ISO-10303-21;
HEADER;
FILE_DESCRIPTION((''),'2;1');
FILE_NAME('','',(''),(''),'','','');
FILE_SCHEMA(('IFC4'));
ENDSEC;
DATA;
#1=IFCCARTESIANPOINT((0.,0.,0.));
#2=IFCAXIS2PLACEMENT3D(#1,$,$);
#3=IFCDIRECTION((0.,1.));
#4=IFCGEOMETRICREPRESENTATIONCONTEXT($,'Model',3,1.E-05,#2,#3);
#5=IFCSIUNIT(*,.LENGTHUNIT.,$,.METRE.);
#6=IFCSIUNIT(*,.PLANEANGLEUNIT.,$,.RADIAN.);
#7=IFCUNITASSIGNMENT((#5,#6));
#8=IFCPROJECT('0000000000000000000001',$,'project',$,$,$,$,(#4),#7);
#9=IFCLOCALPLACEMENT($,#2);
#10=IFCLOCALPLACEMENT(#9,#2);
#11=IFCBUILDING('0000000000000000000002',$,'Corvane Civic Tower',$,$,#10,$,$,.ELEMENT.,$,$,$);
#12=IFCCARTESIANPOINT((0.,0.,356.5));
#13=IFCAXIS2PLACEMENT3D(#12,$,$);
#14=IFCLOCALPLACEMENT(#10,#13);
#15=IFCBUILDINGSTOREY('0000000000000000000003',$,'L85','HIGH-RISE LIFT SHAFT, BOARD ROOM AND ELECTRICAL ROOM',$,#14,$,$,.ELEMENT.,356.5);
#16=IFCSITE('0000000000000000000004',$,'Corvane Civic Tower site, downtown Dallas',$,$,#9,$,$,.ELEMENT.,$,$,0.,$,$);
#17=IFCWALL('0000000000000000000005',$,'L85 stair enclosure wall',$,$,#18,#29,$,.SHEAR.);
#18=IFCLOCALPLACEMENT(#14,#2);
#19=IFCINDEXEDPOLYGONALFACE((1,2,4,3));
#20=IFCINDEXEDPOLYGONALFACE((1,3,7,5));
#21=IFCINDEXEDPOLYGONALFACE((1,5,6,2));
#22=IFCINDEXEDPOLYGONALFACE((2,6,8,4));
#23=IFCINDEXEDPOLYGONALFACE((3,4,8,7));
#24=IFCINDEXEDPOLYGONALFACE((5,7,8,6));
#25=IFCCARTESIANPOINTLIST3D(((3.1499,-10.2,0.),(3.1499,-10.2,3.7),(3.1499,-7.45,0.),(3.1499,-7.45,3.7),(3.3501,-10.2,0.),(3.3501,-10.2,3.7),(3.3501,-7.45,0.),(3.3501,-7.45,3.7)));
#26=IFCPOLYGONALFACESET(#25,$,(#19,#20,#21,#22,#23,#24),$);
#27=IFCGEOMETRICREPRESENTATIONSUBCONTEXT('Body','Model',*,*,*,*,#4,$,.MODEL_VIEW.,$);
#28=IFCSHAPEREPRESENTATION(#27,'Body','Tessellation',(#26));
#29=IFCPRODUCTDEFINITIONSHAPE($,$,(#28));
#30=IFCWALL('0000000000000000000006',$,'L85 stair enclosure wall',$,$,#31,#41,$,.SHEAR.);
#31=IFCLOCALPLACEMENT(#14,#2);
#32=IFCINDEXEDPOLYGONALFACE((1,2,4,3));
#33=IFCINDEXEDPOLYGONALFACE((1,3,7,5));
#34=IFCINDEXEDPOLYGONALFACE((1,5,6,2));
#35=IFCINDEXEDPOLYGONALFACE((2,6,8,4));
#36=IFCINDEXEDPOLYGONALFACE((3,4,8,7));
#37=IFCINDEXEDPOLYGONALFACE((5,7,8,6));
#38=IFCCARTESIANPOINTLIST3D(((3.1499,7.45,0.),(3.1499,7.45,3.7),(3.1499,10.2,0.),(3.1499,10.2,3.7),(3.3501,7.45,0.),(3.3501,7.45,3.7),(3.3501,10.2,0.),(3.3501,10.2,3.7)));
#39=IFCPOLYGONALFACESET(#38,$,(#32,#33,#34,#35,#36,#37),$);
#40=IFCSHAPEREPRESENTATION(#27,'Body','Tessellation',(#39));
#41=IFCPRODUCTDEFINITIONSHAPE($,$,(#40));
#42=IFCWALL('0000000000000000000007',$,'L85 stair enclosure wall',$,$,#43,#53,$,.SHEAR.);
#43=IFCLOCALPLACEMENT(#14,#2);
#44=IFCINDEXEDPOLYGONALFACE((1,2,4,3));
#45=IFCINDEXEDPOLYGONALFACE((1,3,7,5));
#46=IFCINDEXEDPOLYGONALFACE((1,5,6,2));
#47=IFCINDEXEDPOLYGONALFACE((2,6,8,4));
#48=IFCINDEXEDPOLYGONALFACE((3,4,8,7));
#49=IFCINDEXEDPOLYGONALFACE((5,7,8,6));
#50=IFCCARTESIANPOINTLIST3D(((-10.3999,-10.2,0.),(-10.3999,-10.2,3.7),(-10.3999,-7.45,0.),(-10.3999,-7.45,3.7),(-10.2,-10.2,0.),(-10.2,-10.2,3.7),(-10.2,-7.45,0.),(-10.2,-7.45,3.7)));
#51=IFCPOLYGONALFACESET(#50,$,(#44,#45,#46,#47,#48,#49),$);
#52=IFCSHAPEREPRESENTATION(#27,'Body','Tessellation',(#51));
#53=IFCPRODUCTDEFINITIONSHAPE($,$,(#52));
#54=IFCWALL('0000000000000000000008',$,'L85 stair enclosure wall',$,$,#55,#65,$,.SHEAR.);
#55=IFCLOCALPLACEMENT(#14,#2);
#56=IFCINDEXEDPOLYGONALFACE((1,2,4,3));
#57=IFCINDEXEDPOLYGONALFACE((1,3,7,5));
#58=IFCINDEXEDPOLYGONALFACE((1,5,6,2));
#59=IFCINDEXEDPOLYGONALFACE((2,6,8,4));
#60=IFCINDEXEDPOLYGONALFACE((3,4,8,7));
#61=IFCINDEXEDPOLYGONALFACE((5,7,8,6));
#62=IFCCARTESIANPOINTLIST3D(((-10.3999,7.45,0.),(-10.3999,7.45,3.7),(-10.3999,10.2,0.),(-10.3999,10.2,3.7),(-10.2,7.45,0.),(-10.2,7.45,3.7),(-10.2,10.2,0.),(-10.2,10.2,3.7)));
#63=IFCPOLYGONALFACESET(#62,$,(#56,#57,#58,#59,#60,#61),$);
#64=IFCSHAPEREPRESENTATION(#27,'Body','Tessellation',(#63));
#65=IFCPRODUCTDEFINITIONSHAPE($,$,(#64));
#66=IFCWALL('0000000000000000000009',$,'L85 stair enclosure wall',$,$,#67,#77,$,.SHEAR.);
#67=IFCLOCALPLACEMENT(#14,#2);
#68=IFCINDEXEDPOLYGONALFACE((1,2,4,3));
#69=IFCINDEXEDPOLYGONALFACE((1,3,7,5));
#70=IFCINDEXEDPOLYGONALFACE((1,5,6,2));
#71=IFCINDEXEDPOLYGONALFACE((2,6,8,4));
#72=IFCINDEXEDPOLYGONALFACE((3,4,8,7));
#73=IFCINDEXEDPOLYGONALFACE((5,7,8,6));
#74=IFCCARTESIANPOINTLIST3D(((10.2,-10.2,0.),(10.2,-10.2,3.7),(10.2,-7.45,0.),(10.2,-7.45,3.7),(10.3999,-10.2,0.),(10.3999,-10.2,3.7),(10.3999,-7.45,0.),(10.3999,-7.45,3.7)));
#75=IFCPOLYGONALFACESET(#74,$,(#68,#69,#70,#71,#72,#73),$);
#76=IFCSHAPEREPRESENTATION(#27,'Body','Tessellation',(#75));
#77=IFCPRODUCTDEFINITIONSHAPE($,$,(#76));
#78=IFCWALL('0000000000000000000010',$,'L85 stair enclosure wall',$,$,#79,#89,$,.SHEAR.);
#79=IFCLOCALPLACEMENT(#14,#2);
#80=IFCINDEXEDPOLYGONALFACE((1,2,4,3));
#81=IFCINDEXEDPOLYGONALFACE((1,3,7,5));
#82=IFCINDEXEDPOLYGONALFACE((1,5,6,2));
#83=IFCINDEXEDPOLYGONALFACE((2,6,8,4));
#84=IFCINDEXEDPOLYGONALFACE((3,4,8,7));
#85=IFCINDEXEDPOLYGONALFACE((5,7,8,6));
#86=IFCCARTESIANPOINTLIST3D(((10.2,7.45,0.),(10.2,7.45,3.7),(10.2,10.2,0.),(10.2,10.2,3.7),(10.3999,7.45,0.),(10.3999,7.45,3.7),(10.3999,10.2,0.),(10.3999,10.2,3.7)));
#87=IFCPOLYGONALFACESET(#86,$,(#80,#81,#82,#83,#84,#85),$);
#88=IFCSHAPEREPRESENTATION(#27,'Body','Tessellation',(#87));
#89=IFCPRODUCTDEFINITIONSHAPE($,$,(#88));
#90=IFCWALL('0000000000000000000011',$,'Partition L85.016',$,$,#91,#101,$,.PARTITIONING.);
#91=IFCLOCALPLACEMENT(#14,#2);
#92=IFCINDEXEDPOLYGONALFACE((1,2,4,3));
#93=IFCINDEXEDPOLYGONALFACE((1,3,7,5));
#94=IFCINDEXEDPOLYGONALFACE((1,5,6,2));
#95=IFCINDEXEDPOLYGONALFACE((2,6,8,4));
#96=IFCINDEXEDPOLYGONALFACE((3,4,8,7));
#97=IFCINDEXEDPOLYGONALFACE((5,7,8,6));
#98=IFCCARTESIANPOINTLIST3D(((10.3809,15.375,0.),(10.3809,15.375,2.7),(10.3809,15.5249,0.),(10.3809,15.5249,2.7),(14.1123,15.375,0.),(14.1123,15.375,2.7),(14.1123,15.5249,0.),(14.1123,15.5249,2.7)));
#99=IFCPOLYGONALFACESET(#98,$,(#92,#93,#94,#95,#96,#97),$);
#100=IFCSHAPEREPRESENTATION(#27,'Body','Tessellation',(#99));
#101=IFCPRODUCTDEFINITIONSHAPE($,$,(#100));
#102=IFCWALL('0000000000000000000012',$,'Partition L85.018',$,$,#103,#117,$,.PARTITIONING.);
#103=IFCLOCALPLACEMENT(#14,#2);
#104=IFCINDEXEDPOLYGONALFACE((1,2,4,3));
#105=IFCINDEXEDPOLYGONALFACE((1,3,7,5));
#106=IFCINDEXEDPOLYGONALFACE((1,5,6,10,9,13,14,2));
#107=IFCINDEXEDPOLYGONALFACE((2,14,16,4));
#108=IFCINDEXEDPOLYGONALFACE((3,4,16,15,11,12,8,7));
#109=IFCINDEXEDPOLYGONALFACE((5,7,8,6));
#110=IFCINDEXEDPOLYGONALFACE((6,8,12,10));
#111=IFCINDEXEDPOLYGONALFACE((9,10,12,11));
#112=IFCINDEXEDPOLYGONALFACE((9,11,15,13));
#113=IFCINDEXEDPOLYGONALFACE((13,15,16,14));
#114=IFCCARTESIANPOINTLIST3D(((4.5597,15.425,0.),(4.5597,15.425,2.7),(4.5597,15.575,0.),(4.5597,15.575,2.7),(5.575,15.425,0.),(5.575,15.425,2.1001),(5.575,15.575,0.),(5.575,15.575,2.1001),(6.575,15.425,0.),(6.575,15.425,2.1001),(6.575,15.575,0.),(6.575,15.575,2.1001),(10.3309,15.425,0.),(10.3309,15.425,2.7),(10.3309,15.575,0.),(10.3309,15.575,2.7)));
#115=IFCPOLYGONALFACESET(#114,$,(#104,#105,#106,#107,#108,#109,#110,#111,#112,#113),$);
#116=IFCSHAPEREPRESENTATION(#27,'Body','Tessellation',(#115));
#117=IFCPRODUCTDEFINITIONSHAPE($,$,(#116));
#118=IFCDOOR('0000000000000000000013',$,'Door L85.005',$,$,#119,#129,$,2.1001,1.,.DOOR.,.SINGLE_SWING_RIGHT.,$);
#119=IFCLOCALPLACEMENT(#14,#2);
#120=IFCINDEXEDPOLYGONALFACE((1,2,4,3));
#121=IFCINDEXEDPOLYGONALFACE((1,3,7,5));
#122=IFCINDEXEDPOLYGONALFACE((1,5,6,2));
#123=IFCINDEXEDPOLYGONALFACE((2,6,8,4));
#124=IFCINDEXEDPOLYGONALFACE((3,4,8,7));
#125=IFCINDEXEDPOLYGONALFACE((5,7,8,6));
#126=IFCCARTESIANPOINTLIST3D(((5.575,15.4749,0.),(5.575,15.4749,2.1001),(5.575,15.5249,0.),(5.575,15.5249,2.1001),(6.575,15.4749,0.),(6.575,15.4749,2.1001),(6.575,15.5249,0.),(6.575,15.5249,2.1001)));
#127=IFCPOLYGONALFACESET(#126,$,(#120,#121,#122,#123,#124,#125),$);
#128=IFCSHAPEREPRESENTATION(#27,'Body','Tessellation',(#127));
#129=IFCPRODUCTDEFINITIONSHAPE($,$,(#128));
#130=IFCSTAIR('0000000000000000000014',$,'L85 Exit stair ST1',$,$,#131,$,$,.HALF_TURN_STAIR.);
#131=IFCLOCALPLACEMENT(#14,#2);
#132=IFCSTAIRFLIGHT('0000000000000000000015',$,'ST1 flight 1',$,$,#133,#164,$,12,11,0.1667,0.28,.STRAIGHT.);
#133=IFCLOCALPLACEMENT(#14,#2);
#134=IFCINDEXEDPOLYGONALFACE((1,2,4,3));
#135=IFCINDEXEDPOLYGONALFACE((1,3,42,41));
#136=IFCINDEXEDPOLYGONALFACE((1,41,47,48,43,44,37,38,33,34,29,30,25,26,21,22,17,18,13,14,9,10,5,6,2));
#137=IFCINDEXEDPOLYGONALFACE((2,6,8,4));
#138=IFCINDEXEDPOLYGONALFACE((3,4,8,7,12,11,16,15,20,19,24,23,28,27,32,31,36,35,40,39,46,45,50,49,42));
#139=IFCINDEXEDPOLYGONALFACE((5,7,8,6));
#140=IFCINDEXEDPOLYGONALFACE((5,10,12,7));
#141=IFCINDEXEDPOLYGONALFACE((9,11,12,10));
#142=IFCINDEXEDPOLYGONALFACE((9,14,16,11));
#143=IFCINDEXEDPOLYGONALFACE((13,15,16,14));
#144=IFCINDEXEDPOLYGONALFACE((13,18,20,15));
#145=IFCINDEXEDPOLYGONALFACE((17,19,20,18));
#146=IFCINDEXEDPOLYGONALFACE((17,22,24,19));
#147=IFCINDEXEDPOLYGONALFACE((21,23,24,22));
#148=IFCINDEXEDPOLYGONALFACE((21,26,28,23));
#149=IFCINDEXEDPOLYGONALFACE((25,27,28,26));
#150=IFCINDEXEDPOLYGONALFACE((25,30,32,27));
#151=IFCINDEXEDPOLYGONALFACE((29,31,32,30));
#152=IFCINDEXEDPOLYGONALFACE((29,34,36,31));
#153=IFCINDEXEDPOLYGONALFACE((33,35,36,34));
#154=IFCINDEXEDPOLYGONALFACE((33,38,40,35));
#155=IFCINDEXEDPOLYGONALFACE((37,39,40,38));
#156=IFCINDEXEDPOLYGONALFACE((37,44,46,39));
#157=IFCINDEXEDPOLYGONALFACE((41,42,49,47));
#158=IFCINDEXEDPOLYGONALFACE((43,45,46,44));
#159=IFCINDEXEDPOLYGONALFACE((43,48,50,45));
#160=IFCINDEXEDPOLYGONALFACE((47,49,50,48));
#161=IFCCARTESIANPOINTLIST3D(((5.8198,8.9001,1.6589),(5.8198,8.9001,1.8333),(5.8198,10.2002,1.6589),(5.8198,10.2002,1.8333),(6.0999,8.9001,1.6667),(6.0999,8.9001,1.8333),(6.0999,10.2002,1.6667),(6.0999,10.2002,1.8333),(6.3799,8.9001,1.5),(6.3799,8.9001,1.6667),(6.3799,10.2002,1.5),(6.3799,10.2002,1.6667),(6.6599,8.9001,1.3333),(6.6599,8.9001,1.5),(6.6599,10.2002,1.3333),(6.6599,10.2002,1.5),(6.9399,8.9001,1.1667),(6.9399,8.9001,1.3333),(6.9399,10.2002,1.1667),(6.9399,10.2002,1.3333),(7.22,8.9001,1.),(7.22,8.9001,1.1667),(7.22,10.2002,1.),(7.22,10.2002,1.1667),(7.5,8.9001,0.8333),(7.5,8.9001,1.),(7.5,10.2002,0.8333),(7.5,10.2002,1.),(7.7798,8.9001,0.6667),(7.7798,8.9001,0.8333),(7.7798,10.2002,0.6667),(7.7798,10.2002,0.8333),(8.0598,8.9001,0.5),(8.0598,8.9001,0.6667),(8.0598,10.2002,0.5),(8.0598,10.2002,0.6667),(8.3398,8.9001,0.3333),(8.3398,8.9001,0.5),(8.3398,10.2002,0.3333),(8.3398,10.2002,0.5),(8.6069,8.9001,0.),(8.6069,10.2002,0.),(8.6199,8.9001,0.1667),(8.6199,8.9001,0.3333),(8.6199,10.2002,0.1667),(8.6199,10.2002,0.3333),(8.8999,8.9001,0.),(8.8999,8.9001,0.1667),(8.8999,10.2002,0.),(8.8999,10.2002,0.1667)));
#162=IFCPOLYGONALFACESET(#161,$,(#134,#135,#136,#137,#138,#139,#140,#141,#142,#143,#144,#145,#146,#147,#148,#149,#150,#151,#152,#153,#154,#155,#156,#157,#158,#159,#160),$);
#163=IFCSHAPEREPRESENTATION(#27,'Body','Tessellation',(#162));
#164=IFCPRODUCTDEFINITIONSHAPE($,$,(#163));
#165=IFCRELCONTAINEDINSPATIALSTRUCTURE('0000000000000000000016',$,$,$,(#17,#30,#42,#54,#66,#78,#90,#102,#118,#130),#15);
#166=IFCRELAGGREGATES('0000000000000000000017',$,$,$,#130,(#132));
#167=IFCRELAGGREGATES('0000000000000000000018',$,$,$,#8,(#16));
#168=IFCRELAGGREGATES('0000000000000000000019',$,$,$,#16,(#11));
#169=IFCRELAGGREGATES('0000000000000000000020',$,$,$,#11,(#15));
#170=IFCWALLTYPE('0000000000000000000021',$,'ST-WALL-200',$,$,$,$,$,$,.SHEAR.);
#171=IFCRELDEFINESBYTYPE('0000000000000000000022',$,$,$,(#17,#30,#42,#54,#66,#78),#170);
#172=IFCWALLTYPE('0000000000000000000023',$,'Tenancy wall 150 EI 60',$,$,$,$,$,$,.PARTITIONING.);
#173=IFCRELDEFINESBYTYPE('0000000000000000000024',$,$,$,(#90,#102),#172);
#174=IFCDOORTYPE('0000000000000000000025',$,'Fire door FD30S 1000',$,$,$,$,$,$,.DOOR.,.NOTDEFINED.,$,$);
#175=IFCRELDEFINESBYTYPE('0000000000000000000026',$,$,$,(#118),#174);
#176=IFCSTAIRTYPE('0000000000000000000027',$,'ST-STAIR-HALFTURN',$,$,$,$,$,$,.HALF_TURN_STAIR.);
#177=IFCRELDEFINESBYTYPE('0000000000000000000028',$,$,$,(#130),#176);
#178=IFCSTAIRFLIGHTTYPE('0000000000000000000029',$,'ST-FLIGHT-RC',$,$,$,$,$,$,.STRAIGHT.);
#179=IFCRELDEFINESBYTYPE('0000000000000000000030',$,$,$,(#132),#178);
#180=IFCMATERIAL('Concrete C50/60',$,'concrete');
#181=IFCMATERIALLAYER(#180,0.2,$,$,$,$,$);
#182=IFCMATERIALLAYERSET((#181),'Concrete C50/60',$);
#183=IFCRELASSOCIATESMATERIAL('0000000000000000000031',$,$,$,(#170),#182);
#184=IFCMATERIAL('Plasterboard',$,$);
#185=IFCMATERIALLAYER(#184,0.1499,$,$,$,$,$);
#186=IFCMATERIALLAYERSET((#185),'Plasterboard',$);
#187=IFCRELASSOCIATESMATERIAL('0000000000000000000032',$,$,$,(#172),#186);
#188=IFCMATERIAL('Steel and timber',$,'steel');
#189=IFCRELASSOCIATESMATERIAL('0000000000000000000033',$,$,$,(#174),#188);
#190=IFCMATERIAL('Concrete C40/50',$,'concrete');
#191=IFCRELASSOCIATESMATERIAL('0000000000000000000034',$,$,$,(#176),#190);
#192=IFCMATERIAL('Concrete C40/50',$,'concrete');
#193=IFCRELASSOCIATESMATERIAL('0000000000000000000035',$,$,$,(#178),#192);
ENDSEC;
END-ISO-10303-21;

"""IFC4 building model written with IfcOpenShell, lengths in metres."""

from ifc_helpers import new_model, si_unit, direction, frame, frame_2d, origin, place, context, subcontext, project, spatial, polyline, rectangle, outline, extrude, material, layer, layer_set, type_object, element, fill, aggregate, save


model = new_model("IFC4")

# Units and contexts
model_context = context("Model", 3, precision=1e-05, world=origin(), true_north=direction((0.0, 1.0)))
body_context = subcontext(model_context, "Body", "Model", "MODEL_VIEW")
ifc_project = project(units=[si_unit("LENGTHUNIT", "METRE"), si_unit("PLANEANGLEUNIT", "RADIAN")], contexts=[model_context])

# Site, building, storey
site_placement = place(None, origin())
site = spatial("IfcSite", under=ifc_project, at=site_placement, Name="Corvane Civic Tower site, downtown Dallas", CompositionType="ELEMENT", RefElevation=0.0)
building_placement = place(site_placement, origin())
building = spatial("IfcBuilding", under=site, at=building_placement, Name="Corvane Civic Tower", CompositionType="ELEMENT")
storey_placement = place(building_placement, frame((0.0, 0.0, 356.5)))
storey = spatial("IfcBuildingStorey", under=building, at=storey_placement, Name="L85", Description="HIGH-RISE LIFT SHAFT, BOARD ROOM AND ELECTRICAL ROOM", CompositionType="ELEMENT", Elevation=356.5)

# Shared definitions
ifc_material_1 = material(Name="Concrete C50/60", Category="concrete")
ifc_layer_1 = layer(ifc_material_1, 0.2)
ifc_layer_set_1 = layer_set([ifc_layer_1], Name="Concrete C50/60")
wall_type_1 = type_object("IfcWallType", Name="ST-WALL-200", PredefinedType="SHEAR", material=ifc_layer_set_1)

# Walls
wall_1_placement = place(storey_placement, origin())
element("IfcWall", 1, at=wall_1_placement, inside=storey, type_object=wall_type_1, Name="L85 stair enclosure wall", PredefinedType="SHEAR", context=body_context, shape_type="SweptSolid", body=[
    extrude(outline(polyline([(3.3501, -7.45), (3.3501, -10.2), (3.1499, -10.2), (3.1499, -7.45), (3.3501, -7.45)])), origin(), (0.0, 0.0, 1.0), 3.7),
])
wall_2_placement = place(storey_placement, origin())
element("IfcWall", 2, at=wall_2_placement, inside=storey, type_object=wall_type_1, Name="L85 stair enclosure wall", PredefinedType="SHEAR", context=body_context, shape_type="SweptSolid", body=[
    extrude(outline(polyline([(3.3501, 7.45), (3.1499, 7.45), (3.1499, 10.2), (3.3501, 10.2), (3.3501, 7.45)])), origin(), (0.0, 0.0, 1.0), 3.7),
])
wall_3_placement = place(storey_placement, origin())
element("IfcWall", 3, at=wall_3_placement, inside=storey, type_object=wall_type_1, Name="L85 stair enclosure wall", PredefinedType="SHEAR", context=body_context, shape_type="SweptSolid", body=[
    extrude(outline(polyline([(-10.2, -7.45), (-10.2, -10.2), (-10.3999, -10.2), (-10.3999, -7.45), (-10.2, -7.45)])), origin(), (0.0, 0.0, 1.0), 3.7),
])
wall_4_placement = place(storey_placement, origin())
element("IfcWall", 4, at=wall_4_placement, inside=storey, type_object=wall_type_1, Name="L85 stair enclosure wall", PredefinedType="SHEAR", context=body_context, shape_type="SweptSolid", body=[
    extrude(outline(polyline([(-10.2, 7.45), (-10.3999, 7.45), (-10.3999, 10.2), (-10.2, 10.2), (-10.2, 7.45)])), origin(), (0.0, 0.0, 1.0), 3.7),
])
wall_5_placement = place(storey_placement, origin())
element("IfcWall", 5, at=wall_5_placement, inside=storey, type_object=wall_type_1, Name="L85 stair enclosure wall", PredefinedType="SHEAR", context=body_context, shape_type="SweptSolid", body=[
    extrude(outline(polyline([(10.3999, -7.45), (10.3999, -10.2), (10.2, -10.2), (10.2, -7.45), (10.3999, -7.45)])), origin(), (0.0, 0.0, 1.0), 3.7),
])
wall_6_placement = place(storey_placement, origin())
element("IfcWall", 6, at=wall_6_placement, inside=storey, type_object=wall_type_1, Name="L85 stair enclosure wall", PredefinedType="SHEAR", context=body_context, shape_type="SweptSolid", body=[
    extrude(outline(polyline([(10.3999, 7.45), (10.2, 7.45), (10.2, 10.2), (10.3999, 10.2), (10.3999, 7.45)])), origin(), (0.0, 0.0, 1.0), 3.7),
])
ifc_material_2 = material(Name="Plasterboard")
ifc_layer_2 = layer(ifc_material_2, 0.1499)
ifc_layer_set_2 = layer_set([ifc_layer_2], Name="Plasterboard")
wall_type_2 = type_object("IfcWallType", Name="Tenancy wall 150 EI 60", PredefinedType="PARTITIONING", material=ifc_layer_set_2)
wall_7_placement = place(storey_placement, frame((10.3809, 15.45, 0.0), z_axis=(0.0, 0.0, 1.0), x_axis=(1.0, 0.0, 0.0)))
element("IfcWall", 7, at=wall_7_placement, inside=storey, type_object=wall_type_2, Name="Partition L85.016", PredefinedType="PARTITIONING", context=body_context, shape_type="SweptSolid", body=[
    extrude(rectangle(XDim=3.7314, YDim=0.1499, at=frame_2d((1.8657, 0.0))), origin(), (0.0, 0.0, 1.0), 2.7),
])

# Wall, opening, door
wall_8_placement = place(storey_placement, frame((4.5596, 15.5, 0.0), z_axis=(0.0, 0.0, 1.0), x_axis=(1.0, 0.0, 0.0)))
wall_8 = element("IfcWall", 8, at=wall_8_placement, inside=storey, type_object=wall_type_2, Name="Partition L85.018", PredefinedType="PARTITIONING", context=body_context, shape_type="SweptSolid", body=[
    extrude(rectangle(XDim=5.7712, YDim=0.1499, at=frame_2d((2.8857, 0.0))), origin(), (0.0, 0.0, 1.0), 2.7),
])
opening_1_placement = place(wall_8_placement, frame((1.0154, 0.0, 0.0)))
opening_1 = element("IfcOpeningElement", 9, at=opening_1_placement, cuts=wall_8, PredefinedType="OPENING", context=body_context, shape_type="SweptSolid", body=[
    extrude(rectangle(XDim=1.0, YDim=2.1001, at=frame_2d((0.5, 1.05))), frame((0.0, 0.085, 0.0), z_axis=(0.0, -1.0, 0.0), x_axis=(1.0, 0.0, 0.0)), (0.0, 0.0, 1.0), 0.1699),
])
ifc_material_3 = material(Name="Steel and timber", Category="steel")
door_type_1 = type_object("IfcDoorType", Name="Fire door FD30S 1000", OperationType="NOTDEFINED", PredefinedType="DOOR", material=ifc_material_3)
door_1_placement = place(opening_1_placement, origin())
door_1 = element("IfcDoor", 10, at=door_1_placement, inside=storey, type_object=door_type_1, Name="Door L85.005", OperationType="SINGLE_SWING_RIGHT", OverallHeight=2.1001, OverallWidth=1.0, PredefinedType="DOOR", context=body_context, shape_type="SweptSolid", body=[
    extrude(rectangle(XDim=1.0, YDim=2.1001, at=frame_2d((0.5, 1.05))), frame((0.0, 0.0249, 0.0), z_axis=(0.0, -1.0, 0.0), x_axis=(1.0, 0.0, 0.0)), (0.0, 0.0, 1.0), 0.05),
])
fill(opening_1, door_1)

# Stair, stair flight
ifc_material_4 = material(Name="Concrete C40/50", Category="concrete")
stair_type = type_object("IfcStairType", Name="ST-STAIR-HALFTURN", PredefinedType="HALF_TURN_STAIR", material=ifc_material_4)
stair_placement = place(storey_placement, origin())
stair = element("IfcStair", 11, at=stair_placement, inside=storey, type_object=stair_type, Name="L85 Exit stair ST1", PredefinedType="HALF_TURN_STAIR")
ifc_material_5 = material(Name="Concrete C40/50", Category="concrete")
stair_flight_type = type_object("IfcStairFlightType", Name="ST-FLIGHT-RC", PredefinedType="STRAIGHT", material=ifc_material_5)
stair_flight_1_placement = place(storey_placement, frame((8.8999, 9.55, 0.0), z_axis=(0.0, 0.0, 1.0), x_axis=(-1.0, 0.0, 0.0)))
stair_flight_1 = element("IfcStairFlight", 12, at=stair_flight_1_placement, type_object=stair_flight_type, Name="ST1 flight 1", NumberOfRisers=12, NumberOfTreads=11, PredefinedType="STRAIGHT", RiserHeight=0.1667, TreadLength=0.28, context=body_context, shape_type="SweptSolid", body=[
    extrude(outline(polyline([(0.0, 0.0), (0.0, 0.1667), (0.28, 0.1667), (0.28, 0.3333), (0.5601, 0.3333), (0.5601, 0.5), (0.8401, 0.5), (0.8401, 0.6667), (1.1201, 0.6667), (1.1201, 0.8333), (1.3999, 0.8333), (1.3999, 1.0), (1.6799, 1.0), (1.6799, 1.1667), (1.96, 1.1667), (1.96, 1.3333), (2.24, 1.3333), (2.24, 1.5), (2.52, 1.5), (2.52, 1.6667), (2.8, 1.6667), (2.8, 1.8333), (3.0801, 1.8333), (3.0801, 2.0), (3.0801, 1.6589), (0.293, 0.0), (0.0, 0.0)])), frame((0.0, 0.6499, 0.0), z_axis=(0.0, -1.0, 0.0), x_axis=(1.0, 0.0, 0.0)), (0.0, 0.0, 1.0), 1.3),
])
aggregate(stair, [stair_flight_1])

save(model, "model.ifc")
